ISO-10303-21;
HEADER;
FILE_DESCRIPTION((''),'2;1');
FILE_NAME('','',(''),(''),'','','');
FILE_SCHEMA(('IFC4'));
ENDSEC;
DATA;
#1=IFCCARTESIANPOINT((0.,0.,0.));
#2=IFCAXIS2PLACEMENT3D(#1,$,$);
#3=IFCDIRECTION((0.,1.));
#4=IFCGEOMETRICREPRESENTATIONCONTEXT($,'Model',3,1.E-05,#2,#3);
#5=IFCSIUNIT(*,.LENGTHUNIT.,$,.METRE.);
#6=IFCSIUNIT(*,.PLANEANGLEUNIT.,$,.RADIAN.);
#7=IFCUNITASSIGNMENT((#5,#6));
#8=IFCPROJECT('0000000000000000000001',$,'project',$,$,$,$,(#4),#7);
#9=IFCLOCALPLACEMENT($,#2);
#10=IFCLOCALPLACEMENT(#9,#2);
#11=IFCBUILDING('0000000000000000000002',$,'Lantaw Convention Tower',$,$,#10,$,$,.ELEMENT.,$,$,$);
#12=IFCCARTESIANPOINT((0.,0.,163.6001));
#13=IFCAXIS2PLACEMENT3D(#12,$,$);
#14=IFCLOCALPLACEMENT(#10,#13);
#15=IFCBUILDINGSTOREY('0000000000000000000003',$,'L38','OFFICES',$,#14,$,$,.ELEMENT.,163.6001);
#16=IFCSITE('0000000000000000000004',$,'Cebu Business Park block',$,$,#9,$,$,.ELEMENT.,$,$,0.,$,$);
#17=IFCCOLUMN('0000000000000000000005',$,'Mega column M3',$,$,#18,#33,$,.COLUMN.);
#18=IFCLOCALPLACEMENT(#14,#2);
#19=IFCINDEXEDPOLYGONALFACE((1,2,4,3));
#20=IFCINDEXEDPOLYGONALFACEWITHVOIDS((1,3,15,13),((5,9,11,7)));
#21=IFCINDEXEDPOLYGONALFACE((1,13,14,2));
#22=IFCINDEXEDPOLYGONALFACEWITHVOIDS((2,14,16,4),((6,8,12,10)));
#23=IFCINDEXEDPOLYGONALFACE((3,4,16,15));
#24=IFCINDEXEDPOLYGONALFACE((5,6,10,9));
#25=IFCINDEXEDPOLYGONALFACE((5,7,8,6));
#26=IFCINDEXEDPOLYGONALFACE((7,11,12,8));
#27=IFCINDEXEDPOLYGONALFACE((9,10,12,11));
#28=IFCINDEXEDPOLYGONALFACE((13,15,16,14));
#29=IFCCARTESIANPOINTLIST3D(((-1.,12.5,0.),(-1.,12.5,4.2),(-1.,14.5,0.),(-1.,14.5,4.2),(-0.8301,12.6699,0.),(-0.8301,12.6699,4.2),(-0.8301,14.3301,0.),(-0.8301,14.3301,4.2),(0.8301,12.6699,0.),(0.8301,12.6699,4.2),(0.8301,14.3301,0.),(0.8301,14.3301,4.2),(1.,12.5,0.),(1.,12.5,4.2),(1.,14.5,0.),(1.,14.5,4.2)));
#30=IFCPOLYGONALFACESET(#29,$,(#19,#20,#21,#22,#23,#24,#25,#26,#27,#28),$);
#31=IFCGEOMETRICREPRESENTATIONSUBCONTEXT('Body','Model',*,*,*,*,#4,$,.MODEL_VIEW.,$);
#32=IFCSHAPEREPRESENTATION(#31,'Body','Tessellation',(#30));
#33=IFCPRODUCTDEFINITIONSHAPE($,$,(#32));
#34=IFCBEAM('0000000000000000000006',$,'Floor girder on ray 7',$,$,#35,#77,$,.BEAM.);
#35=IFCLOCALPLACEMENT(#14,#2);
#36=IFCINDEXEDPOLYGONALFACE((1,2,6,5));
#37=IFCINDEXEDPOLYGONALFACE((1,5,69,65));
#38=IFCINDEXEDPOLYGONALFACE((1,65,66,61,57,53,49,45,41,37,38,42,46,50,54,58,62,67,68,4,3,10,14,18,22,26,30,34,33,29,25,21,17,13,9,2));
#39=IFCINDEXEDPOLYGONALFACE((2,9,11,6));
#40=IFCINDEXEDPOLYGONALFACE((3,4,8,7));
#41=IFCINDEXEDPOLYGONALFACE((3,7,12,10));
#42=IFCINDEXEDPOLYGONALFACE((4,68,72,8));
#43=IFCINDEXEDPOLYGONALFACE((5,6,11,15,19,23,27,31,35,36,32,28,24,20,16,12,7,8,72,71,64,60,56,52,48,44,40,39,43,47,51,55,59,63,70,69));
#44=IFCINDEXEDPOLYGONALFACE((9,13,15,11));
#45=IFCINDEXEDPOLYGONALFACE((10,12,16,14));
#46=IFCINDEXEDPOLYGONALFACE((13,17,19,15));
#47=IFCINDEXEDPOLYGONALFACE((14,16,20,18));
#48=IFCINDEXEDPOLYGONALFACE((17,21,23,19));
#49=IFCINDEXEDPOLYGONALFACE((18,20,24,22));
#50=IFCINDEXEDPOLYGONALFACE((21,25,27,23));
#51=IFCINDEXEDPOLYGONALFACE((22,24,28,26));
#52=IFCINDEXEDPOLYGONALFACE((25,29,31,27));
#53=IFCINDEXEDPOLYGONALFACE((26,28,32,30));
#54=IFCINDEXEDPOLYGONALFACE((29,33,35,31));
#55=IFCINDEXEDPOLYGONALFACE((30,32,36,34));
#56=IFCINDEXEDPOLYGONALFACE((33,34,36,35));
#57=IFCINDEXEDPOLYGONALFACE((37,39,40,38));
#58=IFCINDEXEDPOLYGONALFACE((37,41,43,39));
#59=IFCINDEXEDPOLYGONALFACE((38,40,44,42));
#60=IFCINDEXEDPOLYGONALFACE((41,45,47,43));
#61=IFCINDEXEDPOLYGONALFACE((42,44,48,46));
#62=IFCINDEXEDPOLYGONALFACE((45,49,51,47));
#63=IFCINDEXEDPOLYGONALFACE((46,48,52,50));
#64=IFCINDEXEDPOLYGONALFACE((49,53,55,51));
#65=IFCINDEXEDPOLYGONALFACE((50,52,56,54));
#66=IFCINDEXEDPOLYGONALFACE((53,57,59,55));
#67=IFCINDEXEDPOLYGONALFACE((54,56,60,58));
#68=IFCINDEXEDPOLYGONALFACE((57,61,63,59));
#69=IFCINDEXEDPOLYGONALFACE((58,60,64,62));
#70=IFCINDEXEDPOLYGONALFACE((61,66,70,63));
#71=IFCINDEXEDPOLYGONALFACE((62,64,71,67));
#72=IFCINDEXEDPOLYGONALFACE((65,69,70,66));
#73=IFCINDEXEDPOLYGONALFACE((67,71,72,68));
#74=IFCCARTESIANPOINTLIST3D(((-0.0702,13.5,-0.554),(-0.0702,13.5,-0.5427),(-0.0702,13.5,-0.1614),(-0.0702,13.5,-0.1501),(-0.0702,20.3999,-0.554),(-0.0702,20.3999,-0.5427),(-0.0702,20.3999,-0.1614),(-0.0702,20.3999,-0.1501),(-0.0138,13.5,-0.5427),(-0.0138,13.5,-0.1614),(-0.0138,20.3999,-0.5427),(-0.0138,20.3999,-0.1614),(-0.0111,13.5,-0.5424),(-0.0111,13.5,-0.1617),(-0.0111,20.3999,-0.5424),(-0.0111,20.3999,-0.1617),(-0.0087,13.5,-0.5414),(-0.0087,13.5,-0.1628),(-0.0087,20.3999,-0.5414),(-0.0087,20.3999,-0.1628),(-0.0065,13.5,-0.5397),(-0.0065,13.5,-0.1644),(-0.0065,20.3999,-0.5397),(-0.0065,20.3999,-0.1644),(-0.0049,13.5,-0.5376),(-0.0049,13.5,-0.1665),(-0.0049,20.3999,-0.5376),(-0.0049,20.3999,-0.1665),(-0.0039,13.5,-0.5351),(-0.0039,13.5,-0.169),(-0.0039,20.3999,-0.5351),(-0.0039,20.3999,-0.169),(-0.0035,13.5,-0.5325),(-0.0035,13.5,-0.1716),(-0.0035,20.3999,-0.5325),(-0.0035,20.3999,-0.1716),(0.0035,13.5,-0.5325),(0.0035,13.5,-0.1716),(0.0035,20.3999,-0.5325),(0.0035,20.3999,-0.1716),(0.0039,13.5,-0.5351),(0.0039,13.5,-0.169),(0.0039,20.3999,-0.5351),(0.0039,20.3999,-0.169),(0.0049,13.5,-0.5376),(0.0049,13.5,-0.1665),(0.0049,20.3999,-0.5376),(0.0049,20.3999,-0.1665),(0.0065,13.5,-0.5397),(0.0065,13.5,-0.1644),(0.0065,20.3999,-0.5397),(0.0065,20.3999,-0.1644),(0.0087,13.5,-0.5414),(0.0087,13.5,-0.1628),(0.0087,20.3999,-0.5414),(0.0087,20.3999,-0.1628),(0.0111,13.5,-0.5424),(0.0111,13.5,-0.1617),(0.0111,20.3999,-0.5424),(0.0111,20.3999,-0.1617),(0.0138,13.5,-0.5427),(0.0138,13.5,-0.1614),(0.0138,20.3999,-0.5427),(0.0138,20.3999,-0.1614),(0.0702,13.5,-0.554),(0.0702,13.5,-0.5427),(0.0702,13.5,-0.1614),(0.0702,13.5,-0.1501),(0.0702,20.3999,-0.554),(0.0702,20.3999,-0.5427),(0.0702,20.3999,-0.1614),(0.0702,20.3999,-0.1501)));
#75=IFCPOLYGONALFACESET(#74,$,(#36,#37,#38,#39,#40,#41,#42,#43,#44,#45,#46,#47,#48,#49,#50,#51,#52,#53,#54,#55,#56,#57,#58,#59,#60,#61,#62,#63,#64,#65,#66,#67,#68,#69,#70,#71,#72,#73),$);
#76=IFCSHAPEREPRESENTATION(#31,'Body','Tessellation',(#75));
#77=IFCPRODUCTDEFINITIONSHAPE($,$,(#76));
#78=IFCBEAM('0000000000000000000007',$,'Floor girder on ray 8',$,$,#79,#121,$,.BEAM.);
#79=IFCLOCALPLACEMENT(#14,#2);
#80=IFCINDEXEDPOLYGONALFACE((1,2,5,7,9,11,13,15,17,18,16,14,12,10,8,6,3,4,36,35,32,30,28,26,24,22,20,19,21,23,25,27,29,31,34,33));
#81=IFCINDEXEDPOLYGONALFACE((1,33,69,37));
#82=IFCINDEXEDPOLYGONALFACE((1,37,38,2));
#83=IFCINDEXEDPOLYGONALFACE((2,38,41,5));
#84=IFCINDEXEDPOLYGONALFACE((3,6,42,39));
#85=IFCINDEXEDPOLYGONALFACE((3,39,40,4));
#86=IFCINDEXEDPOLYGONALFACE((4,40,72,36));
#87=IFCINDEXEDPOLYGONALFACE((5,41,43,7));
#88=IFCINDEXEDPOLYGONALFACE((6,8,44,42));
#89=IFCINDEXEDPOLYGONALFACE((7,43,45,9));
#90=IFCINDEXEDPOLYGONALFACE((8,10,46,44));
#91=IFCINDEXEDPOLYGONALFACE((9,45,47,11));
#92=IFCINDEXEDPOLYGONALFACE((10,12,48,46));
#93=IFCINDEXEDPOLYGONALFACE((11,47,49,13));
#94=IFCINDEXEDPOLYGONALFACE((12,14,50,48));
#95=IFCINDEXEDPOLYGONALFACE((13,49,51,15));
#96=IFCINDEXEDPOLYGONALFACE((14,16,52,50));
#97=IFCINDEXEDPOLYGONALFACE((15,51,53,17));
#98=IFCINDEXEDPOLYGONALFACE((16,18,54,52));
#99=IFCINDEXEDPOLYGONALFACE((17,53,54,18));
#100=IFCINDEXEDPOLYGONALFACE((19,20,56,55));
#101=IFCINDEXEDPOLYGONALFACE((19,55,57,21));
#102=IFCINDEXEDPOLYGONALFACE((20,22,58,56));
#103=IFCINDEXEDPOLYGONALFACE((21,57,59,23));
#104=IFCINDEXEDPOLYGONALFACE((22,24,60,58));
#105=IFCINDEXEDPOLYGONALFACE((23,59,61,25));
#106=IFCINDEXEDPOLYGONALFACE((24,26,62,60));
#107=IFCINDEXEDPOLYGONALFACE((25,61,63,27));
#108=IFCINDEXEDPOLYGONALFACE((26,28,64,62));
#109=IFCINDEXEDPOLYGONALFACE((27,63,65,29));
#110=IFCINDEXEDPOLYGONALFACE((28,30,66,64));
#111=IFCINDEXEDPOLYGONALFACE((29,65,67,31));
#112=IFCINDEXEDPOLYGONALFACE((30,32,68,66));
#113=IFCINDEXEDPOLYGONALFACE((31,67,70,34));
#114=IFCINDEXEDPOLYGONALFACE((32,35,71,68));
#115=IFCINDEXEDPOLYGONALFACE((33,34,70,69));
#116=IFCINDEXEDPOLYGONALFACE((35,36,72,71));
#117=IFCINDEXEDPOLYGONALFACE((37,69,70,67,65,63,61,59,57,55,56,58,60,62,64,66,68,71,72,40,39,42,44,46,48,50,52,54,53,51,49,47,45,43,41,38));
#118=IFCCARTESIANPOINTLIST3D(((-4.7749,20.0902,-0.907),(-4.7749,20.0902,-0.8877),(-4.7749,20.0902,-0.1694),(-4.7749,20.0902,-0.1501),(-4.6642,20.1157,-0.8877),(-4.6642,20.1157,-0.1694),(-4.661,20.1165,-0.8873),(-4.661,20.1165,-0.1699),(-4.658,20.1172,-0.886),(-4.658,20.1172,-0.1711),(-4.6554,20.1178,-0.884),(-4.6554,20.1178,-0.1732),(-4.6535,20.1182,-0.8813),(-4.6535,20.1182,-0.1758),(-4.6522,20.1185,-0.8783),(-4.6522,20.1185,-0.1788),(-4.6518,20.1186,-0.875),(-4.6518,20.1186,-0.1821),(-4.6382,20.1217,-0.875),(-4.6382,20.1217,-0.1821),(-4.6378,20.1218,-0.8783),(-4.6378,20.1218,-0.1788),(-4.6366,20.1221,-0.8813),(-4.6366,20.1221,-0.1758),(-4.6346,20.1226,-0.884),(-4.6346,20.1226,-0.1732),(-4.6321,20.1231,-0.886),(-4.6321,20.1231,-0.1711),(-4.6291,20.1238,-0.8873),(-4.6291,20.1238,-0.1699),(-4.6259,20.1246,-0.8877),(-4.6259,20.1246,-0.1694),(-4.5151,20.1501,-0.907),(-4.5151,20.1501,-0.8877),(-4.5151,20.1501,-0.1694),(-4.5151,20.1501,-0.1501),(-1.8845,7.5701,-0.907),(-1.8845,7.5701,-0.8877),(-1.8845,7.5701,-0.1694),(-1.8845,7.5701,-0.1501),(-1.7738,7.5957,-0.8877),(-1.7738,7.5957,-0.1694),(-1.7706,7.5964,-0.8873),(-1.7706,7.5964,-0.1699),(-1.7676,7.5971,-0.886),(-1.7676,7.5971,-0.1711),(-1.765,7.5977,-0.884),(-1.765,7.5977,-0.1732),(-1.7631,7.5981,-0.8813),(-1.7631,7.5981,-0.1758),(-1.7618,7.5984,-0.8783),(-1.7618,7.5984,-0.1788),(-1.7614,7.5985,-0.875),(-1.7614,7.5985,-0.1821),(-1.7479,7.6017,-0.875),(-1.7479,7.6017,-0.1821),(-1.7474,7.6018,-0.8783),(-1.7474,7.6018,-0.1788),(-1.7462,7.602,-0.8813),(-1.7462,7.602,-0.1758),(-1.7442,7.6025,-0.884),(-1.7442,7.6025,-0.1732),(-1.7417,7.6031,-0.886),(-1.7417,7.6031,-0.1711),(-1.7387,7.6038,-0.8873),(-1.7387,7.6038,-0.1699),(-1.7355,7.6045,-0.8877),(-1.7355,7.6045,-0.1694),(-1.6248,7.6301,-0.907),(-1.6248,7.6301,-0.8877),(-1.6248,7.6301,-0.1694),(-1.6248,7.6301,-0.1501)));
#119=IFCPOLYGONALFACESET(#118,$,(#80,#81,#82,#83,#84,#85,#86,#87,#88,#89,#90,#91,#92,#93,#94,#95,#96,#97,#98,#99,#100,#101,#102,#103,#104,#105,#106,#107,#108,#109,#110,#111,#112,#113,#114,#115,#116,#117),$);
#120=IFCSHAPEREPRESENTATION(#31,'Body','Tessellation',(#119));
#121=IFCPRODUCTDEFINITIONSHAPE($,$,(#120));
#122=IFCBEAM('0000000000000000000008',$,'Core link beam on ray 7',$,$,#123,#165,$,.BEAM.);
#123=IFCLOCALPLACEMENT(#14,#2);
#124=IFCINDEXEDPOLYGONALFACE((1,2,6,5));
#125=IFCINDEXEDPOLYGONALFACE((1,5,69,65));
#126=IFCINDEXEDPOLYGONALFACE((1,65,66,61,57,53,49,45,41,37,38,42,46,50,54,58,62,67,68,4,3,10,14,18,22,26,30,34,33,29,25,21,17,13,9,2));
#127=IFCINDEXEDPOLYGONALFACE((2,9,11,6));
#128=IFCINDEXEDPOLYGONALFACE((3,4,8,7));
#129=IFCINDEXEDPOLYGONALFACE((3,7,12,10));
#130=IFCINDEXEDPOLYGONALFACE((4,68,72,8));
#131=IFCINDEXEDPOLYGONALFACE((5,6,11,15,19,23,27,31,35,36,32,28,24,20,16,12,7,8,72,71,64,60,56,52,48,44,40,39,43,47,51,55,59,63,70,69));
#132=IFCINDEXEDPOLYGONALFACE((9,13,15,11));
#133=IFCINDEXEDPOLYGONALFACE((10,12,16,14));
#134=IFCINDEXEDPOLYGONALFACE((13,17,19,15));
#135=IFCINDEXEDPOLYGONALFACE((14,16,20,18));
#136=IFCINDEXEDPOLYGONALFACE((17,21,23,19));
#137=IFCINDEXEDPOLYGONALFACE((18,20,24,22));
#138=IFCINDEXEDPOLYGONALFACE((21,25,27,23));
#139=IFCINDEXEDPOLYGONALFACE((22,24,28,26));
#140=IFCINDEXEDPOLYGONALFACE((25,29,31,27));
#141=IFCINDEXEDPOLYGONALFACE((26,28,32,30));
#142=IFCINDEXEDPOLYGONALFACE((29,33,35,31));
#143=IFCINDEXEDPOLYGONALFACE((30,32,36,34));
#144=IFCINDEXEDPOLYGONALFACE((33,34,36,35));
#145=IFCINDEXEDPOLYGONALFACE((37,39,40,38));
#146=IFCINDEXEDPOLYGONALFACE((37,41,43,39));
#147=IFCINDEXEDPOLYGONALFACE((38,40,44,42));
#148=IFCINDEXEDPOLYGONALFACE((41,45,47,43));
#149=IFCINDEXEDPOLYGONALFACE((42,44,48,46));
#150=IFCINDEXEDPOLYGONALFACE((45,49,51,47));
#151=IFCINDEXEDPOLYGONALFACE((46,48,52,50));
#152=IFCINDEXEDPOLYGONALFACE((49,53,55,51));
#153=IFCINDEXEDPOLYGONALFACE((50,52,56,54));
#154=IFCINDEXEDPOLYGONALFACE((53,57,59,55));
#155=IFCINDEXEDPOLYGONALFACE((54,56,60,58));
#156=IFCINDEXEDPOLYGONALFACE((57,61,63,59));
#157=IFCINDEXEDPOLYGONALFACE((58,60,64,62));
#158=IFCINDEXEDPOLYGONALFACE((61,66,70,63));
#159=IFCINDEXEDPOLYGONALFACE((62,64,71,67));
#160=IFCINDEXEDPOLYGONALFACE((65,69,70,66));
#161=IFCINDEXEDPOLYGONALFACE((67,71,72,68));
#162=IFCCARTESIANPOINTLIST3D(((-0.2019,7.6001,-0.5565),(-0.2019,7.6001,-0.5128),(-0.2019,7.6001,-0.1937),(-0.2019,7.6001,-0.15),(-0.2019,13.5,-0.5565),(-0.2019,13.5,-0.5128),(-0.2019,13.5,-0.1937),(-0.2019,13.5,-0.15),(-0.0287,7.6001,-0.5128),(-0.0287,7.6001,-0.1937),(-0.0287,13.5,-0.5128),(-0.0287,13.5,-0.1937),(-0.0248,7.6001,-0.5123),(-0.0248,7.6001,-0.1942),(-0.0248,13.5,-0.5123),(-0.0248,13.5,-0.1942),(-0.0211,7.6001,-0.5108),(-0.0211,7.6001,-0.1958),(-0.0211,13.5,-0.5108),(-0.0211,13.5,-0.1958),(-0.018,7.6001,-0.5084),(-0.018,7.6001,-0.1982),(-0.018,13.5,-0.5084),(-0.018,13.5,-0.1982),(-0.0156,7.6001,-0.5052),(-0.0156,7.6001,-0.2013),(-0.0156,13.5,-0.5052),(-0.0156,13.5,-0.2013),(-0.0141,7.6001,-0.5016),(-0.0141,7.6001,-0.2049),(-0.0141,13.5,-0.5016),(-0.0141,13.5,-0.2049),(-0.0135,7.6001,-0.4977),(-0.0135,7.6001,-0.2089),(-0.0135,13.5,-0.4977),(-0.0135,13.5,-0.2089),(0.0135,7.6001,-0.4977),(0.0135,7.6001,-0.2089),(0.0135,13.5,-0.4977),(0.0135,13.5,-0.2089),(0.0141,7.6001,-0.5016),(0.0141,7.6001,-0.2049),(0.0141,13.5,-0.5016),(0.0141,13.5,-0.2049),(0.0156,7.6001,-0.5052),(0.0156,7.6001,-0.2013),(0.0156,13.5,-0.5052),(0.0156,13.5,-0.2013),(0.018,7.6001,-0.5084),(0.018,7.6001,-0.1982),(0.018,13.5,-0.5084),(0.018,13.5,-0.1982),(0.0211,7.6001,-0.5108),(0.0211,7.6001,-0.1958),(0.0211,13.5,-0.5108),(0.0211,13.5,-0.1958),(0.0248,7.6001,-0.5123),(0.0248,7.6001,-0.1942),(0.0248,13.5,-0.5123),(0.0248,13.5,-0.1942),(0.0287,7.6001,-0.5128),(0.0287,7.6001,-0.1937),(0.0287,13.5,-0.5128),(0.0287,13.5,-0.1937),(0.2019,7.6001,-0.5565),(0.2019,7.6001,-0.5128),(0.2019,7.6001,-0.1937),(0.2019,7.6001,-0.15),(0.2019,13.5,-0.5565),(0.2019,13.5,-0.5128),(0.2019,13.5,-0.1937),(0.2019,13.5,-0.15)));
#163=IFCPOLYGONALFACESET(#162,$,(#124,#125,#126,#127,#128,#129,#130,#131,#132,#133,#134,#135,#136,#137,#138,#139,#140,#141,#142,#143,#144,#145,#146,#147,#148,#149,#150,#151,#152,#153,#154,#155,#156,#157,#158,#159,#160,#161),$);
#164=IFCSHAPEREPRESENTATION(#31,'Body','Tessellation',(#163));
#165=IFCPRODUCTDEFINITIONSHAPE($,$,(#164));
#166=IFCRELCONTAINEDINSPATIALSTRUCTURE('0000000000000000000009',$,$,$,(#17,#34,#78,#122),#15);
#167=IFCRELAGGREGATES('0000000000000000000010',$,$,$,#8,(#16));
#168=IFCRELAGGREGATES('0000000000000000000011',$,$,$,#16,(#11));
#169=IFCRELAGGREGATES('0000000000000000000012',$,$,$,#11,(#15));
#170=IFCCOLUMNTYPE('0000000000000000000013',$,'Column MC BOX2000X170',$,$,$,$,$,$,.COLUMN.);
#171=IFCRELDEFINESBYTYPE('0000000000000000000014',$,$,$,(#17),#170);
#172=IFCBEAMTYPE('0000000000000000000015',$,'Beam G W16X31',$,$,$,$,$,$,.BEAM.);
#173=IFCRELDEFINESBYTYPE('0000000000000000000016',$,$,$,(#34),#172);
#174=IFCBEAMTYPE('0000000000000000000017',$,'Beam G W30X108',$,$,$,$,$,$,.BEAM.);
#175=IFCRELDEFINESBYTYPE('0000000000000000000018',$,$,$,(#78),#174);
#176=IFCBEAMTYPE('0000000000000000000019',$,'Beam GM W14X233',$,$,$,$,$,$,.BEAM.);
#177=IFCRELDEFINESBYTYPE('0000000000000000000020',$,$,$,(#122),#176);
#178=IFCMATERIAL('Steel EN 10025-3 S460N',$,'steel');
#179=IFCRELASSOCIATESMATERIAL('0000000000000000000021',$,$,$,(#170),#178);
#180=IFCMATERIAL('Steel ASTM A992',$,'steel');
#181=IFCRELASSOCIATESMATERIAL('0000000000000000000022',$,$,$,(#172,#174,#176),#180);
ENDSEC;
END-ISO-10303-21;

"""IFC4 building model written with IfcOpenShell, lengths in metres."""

from ifc_helpers import new_model, si_unit, direction, frame, origin, origin_2d, place, context, subcontext, project, spatial, rectangle, hollow_rectangle, i_section, extrude, material, material_profile, profile_set, type_object, element, save


model = new_model("IFC4")

# Units and contexts
model_context = context("Model", 3, precision=1e-05, world=origin(), true_north=direction((0.0, 1.0)))
body_context = subcontext(model_context, "Body", "Model", "MODEL_VIEW")
ifc_project = project(units=[si_unit("LENGTHUNIT", "METRE"), si_unit("PLANEANGLEUNIT", "RADIAN")], contexts=[model_context])

# Site, building, storey
site_placement = place(None, origin())
site = spatial("IfcSite", under=ifc_project, at=site_placement, Name="Cebu Business Park block", CompositionType="ELEMENT", RefElevation=0.0)
building_placement = place(site_placement, origin())
building = spatial("IfcBuilding", under=site, at=building_placement, Name="Lantaw Convention Tower", CompositionType="ELEMENT")
storey_placement = place(building_placement, frame((0.0, 0.0, 163.6001)))
storey = spatial("IfcBuildingStorey", under=building, at=storey_placement, Name="L38", Description="OFFICES", CompositionType="ELEMENT", Elevation=163.6001)

# Column
ifc_material_1 = material(Name="Steel EN 10025-3 S460N", Category="steel")
ifc_material_profile_1 = material_profile(ifc_material_1, hollow_rectangle(XDim=2.0, YDim=2.0, WallThickness=0.1699, at=origin_2d()), Name="BOX2000X170")
ifc_material_2 = material(Name="Concrete C60/75", Category="concrete")
ifc_material_profile_2 = material_profile(ifc_material_2, rectangle(XDim=1.6599, YDim=1.6599, at=origin_2d()), Name="Concrete fill of BOX2000X170")
ifc_profile_set_1 = profile_set([ifc_material_profile_1, ifc_material_profile_2], Name="Steel EN 10025-3 S460N")
column_type = type_object("IfcColumnType", Name="Column MC BOX2000X170", PredefinedType="COLUMN", material=ifc_profile_set_1)
column_placement = place(storey_placement, frame((0.0, 13.5, 0.0), z_axis=(0.0, 0.0, 1.0), x_axis=(1.0, 0.0, 0.0)))
element("IfcColumn", 1, at=column_placement, inside=storey, type_object=column_type, Name="Mega column M3", PredefinedType="COLUMN", context=body_context, shape_type="SweptSolid", body=[
    extrude(hollow_rectangle(XDim=2.0, YDim=2.0, WallThickness=0.1699, at=origin_2d()), origin(), (0.0, 0.0, 1.0), 4.2),
])

# Beams
ifc_material_3 = material(Name="Steel ASTM A992", Category="steel")
ifc_material_profile_3 = material_profile(ifc_material_3, i_section(OverallWidth=0.1404, OverallDepth=0.4038, WebThickness=0.0071, FlangeThickness=0.0112, FilletRadius=0.0103, at=origin_2d()), Name="W16X31")
ifc_profile_set_2 = profile_set([ifc_material_profile_3], Name="Steel ASTM A992")
beam_type_1 = type_object("IfcBeamType", Name="Beam G W16X31", PredefinedType="BEAM", material=ifc_profile_set_2)
beam_1_placement = place(storey_placement, frame((0.0, 13.5, -0.3521), z_axis=(0.0, 1.0, 0.0), x_axis=(-1.0, 0.0, 0.0)))
element("IfcBeam", 2, at=beam_1_placement, inside=storey, type_object=beam_type_1, Name="Floor girder on ray 7", PredefinedType="BEAM", context=body_context, shape_type="SweptSolid", body=[
    extrude(i_section(OverallWidth=0.1404, OverallDepth=0.4038, WebThickness=0.0071, FlangeThickness=0.0112, FilletRadius=0.0103, at=origin_2d()), origin(), (0.0, 0.0, 1.0), 6.8999),
])
ifc_material_profile_4 = material_profile(ifc_material_3, i_section(OverallWidth=0.2666, OverallDepth=0.7568, WebThickness=0.0139, FlangeThickness=0.0193, FilletRadius=0.0127, at=origin_2d()), Name="W30X108")
ifc_profile_set_3 = profile_set([ifc_material_profile_4], Name="Steel ASTM A992")
beam_type_2 = type_object("IfcBeamType", Name="Beam G W30X108", PredefinedType="BEAM", material=ifc_profile_set_3)
beam_2_placement = place(storey_placement, frame((-1.7546, 7.6001, -0.5286), z_axis=(-0.224944, 0.974372, 0.0), x_axis=(-0.974372, -0.224944, 0.0)))
element("IfcBeam", 3, at=beam_2_placement, inside=storey, type_object=beam_type_2, Name="Floor girder on ray 8", PredefinedType="BEAM", context=body_context, shape_type="SweptSolid", body=[
    extrude(i_section(OverallWidth=0.2666, OverallDepth=0.7568, WebThickness=0.0139, FlangeThickness=0.0193, FilletRadius=0.0127, at=origin_2d()), origin(), (0.0, 0.0, 1.0), 12.8494),
])
ifc_material_profile_5 = material_profile(ifc_material_3, i_section(OverallWidth=0.4038, OverallDepth=0.4065, WebThickness=0.0271, FlangeThickness=0.0437, FilletRadius=0.0151, at=origin_2d()), Name="W14X233")
ifc_profile_set_4 = profile_set([ifc_material_profile_5], Name="Steel ASTM A992")
beam_type_3 = type_object("IfcBeamType", Name="Beam GM W14X233", PredefinedType="BEAM", material=ifc_profile_set_4)
beam_3_placement = place(storey_placement, frame((0.0, 7.6001, -0.3533), z_axis=(0.0, 1.0, 0.0), x_axis=(-1.0, 0.0, 0.0)))
element("IfcBeam", 4, at=beam_3_placement, inside=storey, type_object=beam_type_3, Name="Core link beam on ray 7", PredefinedType="BEAM", context=body_context, shape_type="SweptSolid", body=[
    extrude(i_section(OverallWidth=0.4038, OverallDepth=0.4065, WebThickness=0.0271, FlangeThickness=0.0437, FilletRadius=0.0151, at=origin_2d()), origin(), (0.0, 0.0, 1.0), 5.8999),
])

save(model, "model.ifc")
